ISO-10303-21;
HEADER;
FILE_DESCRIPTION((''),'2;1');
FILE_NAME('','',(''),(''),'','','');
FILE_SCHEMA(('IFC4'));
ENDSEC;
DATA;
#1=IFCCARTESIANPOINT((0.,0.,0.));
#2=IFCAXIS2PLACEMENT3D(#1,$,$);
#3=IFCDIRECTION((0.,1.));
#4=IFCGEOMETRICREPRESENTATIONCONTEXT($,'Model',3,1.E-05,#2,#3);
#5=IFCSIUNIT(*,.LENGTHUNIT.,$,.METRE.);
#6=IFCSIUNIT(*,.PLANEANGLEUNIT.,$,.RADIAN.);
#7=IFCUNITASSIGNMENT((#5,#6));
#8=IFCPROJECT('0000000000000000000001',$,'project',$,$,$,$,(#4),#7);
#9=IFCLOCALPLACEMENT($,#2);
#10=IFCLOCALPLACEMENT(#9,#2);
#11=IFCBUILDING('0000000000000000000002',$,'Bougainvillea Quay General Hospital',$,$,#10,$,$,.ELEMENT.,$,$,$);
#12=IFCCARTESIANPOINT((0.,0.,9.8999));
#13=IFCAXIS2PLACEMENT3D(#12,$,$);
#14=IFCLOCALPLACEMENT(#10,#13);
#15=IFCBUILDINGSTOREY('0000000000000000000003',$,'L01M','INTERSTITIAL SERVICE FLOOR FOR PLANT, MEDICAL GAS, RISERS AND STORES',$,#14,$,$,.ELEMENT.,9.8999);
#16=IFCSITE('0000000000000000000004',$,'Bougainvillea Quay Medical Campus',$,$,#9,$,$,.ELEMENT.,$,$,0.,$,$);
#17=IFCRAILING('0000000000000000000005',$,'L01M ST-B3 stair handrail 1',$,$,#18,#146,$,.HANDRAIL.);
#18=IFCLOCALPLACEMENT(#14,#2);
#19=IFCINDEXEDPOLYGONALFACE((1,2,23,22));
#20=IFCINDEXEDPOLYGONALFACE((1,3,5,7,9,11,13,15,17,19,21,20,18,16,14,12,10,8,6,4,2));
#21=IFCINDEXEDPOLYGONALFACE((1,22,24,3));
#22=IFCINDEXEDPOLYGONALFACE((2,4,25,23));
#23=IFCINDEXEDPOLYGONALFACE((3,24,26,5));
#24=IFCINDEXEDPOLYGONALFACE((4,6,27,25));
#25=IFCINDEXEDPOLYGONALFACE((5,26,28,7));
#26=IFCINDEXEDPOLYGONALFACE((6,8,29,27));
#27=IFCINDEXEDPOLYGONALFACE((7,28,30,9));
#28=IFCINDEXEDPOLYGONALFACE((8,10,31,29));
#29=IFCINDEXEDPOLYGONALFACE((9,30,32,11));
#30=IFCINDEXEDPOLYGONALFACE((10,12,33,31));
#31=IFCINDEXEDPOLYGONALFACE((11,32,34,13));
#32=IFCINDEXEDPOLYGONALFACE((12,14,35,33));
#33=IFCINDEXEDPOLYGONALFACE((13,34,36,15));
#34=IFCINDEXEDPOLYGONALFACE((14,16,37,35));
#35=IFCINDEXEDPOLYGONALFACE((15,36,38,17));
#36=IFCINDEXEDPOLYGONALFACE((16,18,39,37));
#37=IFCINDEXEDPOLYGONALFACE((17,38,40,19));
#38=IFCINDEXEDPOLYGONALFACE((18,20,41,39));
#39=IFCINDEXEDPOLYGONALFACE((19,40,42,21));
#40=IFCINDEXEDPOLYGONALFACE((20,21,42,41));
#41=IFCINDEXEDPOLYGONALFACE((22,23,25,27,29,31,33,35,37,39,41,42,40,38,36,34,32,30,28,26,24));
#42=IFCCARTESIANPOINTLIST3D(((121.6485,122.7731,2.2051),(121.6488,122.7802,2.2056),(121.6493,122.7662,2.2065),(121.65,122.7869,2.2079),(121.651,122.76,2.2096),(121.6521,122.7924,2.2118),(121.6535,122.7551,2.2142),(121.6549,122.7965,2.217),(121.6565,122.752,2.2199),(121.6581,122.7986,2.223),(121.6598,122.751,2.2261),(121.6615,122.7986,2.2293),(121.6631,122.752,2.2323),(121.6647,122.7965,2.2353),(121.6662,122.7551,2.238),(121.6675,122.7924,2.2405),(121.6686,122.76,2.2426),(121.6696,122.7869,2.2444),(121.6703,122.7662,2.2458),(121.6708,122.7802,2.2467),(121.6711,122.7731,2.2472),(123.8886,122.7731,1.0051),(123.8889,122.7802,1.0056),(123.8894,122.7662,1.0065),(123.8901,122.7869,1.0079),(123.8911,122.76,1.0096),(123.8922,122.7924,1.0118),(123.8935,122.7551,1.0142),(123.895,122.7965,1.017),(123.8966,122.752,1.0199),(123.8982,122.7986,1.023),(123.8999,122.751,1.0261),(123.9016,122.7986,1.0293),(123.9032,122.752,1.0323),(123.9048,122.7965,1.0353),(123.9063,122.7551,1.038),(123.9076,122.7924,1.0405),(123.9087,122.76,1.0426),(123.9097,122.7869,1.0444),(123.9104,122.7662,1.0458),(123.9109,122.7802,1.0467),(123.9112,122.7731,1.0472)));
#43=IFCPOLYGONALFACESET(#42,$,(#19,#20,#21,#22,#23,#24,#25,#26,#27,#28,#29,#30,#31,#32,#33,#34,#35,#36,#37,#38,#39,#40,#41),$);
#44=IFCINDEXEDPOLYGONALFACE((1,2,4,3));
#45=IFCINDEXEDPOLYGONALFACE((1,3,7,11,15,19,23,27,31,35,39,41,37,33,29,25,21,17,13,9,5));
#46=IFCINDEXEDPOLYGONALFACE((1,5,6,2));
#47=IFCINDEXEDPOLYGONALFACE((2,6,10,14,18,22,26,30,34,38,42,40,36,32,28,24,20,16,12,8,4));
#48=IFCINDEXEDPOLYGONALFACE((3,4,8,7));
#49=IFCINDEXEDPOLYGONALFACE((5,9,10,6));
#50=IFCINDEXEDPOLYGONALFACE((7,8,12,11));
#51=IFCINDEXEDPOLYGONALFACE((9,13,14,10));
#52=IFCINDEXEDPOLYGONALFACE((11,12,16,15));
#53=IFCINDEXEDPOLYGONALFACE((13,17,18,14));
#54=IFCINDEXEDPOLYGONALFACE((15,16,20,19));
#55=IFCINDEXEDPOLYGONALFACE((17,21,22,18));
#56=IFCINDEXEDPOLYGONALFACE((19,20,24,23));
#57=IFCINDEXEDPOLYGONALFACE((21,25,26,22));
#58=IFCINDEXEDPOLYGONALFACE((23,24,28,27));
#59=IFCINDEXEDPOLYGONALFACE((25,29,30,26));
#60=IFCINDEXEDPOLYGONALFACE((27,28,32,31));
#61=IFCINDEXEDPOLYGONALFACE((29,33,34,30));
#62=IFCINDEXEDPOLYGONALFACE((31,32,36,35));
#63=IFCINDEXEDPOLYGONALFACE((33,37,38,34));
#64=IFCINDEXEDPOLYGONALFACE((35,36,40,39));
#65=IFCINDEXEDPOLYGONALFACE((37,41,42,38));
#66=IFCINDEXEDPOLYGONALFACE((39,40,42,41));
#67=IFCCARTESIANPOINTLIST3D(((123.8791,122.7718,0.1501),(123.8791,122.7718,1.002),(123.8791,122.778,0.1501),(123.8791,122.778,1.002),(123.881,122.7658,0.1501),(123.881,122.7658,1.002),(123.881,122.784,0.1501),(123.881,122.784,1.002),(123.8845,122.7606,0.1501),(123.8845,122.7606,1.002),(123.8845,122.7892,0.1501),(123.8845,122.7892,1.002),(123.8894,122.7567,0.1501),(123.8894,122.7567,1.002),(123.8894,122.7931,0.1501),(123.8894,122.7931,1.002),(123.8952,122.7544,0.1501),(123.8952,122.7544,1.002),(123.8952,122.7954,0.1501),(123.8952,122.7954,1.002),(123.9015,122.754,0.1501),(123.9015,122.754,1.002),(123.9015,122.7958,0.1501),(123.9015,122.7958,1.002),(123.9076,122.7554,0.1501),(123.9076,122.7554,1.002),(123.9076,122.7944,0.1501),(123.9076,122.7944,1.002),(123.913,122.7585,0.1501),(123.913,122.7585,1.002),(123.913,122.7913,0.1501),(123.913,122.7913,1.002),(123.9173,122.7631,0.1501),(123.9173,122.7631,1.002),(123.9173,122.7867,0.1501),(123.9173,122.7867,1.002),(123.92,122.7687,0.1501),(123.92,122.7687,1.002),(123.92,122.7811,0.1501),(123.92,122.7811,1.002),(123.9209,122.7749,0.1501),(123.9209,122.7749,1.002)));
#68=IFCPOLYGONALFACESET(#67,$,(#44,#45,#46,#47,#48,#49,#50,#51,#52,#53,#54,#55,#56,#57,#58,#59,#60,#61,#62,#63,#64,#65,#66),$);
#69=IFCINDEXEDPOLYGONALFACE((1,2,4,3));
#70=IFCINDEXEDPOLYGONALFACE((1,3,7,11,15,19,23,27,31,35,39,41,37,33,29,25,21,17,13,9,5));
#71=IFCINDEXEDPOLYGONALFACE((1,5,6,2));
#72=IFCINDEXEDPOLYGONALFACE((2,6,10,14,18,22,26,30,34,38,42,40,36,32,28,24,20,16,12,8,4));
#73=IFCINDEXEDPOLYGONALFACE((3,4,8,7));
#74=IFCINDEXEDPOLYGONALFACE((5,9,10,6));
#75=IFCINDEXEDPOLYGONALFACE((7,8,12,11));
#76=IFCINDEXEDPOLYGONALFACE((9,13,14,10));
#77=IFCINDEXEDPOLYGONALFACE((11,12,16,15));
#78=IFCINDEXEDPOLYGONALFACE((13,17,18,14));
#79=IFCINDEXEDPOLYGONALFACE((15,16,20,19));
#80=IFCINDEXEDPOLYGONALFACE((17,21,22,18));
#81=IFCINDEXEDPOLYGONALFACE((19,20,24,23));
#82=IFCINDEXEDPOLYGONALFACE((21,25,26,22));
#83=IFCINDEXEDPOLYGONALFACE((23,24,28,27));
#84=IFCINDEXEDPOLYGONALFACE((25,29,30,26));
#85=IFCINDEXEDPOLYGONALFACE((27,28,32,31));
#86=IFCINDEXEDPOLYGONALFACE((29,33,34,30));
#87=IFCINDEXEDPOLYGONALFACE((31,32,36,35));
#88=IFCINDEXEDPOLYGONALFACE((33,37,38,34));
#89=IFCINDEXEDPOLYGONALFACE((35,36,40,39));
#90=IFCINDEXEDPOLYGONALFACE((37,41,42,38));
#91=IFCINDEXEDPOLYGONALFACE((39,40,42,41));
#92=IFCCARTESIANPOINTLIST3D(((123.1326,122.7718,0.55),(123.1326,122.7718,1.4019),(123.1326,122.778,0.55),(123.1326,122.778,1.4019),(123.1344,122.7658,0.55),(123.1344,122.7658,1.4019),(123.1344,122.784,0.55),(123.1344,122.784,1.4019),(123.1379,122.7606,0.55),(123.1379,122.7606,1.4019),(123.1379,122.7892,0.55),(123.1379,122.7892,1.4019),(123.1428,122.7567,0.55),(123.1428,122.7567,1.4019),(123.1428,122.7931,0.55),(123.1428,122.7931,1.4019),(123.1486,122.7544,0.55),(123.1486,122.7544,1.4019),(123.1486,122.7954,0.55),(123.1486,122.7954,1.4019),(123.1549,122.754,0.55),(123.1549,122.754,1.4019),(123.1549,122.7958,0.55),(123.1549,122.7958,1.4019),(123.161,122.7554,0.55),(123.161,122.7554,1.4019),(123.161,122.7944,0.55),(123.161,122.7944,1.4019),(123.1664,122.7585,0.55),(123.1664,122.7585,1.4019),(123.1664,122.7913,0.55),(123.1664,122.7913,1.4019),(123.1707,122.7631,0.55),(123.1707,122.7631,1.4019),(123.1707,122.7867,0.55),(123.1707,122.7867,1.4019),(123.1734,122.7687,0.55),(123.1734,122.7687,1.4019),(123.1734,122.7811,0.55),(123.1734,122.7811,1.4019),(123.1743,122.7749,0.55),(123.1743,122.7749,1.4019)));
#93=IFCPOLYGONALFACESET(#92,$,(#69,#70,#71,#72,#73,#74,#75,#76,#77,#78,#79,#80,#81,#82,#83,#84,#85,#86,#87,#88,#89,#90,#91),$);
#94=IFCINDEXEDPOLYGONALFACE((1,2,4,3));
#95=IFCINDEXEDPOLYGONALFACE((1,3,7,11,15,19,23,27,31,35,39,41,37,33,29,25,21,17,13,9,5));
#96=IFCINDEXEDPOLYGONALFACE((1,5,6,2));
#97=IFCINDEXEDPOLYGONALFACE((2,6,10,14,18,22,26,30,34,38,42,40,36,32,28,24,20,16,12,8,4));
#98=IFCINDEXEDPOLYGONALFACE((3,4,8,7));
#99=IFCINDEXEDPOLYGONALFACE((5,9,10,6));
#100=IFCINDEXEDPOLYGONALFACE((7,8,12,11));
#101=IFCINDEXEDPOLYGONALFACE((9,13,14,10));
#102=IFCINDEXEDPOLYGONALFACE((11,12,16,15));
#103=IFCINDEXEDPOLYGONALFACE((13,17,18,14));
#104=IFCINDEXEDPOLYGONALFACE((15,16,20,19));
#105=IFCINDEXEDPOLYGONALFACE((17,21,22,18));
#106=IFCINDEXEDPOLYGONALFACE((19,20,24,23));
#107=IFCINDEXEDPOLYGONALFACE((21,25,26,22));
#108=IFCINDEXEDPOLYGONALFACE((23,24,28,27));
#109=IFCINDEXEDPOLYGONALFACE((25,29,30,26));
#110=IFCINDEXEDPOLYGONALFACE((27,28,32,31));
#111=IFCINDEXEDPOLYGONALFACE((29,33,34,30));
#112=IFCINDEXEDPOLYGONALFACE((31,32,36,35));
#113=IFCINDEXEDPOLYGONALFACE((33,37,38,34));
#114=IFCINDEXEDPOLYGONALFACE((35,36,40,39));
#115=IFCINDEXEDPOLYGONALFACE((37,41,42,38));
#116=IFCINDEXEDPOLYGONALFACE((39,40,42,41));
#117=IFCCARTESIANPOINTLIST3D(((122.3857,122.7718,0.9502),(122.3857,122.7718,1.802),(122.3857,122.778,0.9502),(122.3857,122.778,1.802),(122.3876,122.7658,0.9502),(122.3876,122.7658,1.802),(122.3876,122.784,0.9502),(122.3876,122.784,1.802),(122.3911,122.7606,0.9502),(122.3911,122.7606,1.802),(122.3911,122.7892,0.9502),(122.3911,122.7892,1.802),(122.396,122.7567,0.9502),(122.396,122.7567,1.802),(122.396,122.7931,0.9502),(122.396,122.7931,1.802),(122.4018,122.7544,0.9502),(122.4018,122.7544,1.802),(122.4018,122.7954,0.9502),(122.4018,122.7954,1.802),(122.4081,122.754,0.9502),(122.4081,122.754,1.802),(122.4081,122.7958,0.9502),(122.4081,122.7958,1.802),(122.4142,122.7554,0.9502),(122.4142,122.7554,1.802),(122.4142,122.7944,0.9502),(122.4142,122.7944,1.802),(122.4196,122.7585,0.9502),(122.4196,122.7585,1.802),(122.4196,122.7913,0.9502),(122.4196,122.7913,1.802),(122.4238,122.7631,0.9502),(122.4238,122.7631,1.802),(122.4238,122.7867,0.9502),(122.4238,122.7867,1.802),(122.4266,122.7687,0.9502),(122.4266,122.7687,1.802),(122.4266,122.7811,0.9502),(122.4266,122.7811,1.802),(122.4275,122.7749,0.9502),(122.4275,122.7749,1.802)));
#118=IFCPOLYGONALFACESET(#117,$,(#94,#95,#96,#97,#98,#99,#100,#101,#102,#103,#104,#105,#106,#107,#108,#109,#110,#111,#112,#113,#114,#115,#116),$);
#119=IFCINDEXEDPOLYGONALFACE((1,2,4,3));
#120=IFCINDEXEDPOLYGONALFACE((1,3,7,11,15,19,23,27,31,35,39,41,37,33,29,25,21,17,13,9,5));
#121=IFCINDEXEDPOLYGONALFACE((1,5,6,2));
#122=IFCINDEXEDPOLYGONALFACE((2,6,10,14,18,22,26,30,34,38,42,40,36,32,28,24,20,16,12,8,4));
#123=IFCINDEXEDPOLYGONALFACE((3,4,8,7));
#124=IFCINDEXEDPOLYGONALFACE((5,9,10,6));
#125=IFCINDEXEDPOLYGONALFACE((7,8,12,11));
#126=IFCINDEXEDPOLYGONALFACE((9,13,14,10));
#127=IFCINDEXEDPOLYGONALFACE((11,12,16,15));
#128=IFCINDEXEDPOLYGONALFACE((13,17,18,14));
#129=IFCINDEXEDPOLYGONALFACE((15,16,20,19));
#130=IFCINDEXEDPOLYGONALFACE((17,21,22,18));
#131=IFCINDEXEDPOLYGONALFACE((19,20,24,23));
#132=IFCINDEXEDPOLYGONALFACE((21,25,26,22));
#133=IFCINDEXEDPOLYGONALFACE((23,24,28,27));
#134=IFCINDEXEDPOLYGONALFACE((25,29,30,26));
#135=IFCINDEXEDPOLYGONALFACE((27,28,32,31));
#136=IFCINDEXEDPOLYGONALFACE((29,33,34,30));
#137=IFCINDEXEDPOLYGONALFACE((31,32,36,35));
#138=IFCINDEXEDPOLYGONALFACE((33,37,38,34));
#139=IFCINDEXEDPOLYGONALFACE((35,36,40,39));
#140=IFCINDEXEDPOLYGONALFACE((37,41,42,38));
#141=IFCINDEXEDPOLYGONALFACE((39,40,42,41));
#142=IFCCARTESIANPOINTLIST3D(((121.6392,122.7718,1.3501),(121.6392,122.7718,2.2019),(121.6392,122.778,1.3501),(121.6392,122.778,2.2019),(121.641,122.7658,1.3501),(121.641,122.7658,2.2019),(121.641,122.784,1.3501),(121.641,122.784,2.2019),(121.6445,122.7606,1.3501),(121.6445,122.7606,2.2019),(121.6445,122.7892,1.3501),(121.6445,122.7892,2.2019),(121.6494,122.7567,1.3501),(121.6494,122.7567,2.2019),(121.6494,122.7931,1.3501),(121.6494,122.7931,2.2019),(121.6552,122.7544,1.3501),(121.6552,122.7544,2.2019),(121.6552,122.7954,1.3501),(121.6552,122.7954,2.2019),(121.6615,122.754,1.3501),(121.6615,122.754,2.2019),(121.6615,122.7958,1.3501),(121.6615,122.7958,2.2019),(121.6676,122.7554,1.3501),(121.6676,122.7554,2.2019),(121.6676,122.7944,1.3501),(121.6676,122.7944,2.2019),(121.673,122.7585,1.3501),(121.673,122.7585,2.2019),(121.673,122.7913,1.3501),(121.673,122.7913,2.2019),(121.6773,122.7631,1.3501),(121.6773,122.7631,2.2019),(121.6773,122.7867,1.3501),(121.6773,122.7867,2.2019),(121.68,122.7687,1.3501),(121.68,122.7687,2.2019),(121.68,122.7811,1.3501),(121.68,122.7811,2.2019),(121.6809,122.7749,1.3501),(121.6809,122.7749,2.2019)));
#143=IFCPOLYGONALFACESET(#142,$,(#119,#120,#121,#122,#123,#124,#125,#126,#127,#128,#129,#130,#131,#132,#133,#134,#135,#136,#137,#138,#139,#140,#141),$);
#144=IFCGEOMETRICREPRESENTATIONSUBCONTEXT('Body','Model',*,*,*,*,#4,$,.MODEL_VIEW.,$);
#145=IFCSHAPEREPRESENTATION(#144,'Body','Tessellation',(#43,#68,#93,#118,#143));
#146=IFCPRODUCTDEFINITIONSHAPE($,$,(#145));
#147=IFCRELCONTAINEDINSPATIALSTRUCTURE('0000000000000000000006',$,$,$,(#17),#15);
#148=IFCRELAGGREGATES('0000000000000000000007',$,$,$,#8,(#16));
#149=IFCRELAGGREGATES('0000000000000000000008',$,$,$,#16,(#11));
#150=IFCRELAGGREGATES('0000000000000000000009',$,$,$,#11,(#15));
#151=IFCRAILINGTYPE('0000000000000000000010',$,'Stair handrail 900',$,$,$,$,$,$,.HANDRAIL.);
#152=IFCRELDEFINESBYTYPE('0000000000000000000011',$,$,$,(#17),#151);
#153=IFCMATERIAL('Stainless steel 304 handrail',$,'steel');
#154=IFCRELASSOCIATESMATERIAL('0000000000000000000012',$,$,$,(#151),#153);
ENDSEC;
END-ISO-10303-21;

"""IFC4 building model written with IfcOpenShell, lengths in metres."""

from ifc_helpers import new_model, si_unit, direction, frame, origin, origin_2d, place, context, subcontext, project, spatial, circle, extrude, material, type_object, element, save


model = new_model("IFC4")

# Units and contexts
model_context = context("Model", 3, precision=1e-05, world=origin(), true_north=direction((0.0, 1.0)))
body_context = subcontext(model_context, "Body", "Model", "MODEL_VIEW")
ifc_project = project(units=[si_unit("LENGTHUNIT", "METRE"), si_unit("PLANEANGLEUNIT", "RADIAN")], contexts=[model_context])

# Site, building, storey
site_placement = place(None, origin())
site = spatial("IfcSite", under=ifc_project, at=site_placement, Name="Bougainvillea Quay Medical Campus", CompositionType="ELEMENT", RefElevation=0.0)
building_placement = place(site_placement, origin())
building = spatial("IfcBuilding", under=site, at=building_placement, Name="Bougainvillea Quay General Hospital", CompositionType="ELEMENT")
storey_placement = place(building_placement, frame((0.0, 0.0, 9.8999)))
storey = spatial("IfcBuildingStorey", under=building, at=storey_placement, Name="L01M", Description="INTERSTITIAL SERVICE FLOOR FOR PLANT, MEDICAL GAS, RISERS AND STORES", CompositionType="ELEMENT", Elevation=9.8999)

# Railing
ifc_material_1 = material(Name="Stainless steel 304 handrail", Category="steel")
railing_type_1 = type_object("IfcRailingType", Name="Stair handrail 900", PredefinedType="HANDRAIL", material=ifc_material_1)
railing_1_placement = place(storey_placement, frame((123.8999, 122.7749, 0.1501)))
element("IfcRailing", 1, at=railing_1_placement, inside=storey, type_object=railing_type_1, Name="L01M ST-B3 stair handrail 1", PredefinedType="HANDRAIL", context=body_context, shape_type="SweptSolid", body=[
    extrude(circle(Radius=0.0239, at=origin_2d()), frame((0.0, 0.0, 0.876), z_axis=(-0.881487, 0.0, 0.472208), x_axis=(0.0, -1.0, 0.0)), (0.0, 0.0, 1.0), 2.5413),
    extrude(circle(Radius=0.021, at=origin_2d()), origin(), (0.0, 0.0, 1.0), 0.8518),
    extrude(circle(Radius=0.021, at=origin_2d()), frame((-0.7466, 0.0, 0.3999)), (0.0, 0.0, 1.0), 0.8518),
    extrude(circle(Radius=0.021, at=origin_2d()), frame((-1.4934, 0.0, 0.8)), (0.0, 0.0, 1.0), 0.8518),
    extrude(circle(Radius=0.021, at=origin_2d()), frame((-2.24, 0.0, 1.2)), (0.0, 0.0, 1.0), 0.8518),
])

save(model, "model.ifc")
